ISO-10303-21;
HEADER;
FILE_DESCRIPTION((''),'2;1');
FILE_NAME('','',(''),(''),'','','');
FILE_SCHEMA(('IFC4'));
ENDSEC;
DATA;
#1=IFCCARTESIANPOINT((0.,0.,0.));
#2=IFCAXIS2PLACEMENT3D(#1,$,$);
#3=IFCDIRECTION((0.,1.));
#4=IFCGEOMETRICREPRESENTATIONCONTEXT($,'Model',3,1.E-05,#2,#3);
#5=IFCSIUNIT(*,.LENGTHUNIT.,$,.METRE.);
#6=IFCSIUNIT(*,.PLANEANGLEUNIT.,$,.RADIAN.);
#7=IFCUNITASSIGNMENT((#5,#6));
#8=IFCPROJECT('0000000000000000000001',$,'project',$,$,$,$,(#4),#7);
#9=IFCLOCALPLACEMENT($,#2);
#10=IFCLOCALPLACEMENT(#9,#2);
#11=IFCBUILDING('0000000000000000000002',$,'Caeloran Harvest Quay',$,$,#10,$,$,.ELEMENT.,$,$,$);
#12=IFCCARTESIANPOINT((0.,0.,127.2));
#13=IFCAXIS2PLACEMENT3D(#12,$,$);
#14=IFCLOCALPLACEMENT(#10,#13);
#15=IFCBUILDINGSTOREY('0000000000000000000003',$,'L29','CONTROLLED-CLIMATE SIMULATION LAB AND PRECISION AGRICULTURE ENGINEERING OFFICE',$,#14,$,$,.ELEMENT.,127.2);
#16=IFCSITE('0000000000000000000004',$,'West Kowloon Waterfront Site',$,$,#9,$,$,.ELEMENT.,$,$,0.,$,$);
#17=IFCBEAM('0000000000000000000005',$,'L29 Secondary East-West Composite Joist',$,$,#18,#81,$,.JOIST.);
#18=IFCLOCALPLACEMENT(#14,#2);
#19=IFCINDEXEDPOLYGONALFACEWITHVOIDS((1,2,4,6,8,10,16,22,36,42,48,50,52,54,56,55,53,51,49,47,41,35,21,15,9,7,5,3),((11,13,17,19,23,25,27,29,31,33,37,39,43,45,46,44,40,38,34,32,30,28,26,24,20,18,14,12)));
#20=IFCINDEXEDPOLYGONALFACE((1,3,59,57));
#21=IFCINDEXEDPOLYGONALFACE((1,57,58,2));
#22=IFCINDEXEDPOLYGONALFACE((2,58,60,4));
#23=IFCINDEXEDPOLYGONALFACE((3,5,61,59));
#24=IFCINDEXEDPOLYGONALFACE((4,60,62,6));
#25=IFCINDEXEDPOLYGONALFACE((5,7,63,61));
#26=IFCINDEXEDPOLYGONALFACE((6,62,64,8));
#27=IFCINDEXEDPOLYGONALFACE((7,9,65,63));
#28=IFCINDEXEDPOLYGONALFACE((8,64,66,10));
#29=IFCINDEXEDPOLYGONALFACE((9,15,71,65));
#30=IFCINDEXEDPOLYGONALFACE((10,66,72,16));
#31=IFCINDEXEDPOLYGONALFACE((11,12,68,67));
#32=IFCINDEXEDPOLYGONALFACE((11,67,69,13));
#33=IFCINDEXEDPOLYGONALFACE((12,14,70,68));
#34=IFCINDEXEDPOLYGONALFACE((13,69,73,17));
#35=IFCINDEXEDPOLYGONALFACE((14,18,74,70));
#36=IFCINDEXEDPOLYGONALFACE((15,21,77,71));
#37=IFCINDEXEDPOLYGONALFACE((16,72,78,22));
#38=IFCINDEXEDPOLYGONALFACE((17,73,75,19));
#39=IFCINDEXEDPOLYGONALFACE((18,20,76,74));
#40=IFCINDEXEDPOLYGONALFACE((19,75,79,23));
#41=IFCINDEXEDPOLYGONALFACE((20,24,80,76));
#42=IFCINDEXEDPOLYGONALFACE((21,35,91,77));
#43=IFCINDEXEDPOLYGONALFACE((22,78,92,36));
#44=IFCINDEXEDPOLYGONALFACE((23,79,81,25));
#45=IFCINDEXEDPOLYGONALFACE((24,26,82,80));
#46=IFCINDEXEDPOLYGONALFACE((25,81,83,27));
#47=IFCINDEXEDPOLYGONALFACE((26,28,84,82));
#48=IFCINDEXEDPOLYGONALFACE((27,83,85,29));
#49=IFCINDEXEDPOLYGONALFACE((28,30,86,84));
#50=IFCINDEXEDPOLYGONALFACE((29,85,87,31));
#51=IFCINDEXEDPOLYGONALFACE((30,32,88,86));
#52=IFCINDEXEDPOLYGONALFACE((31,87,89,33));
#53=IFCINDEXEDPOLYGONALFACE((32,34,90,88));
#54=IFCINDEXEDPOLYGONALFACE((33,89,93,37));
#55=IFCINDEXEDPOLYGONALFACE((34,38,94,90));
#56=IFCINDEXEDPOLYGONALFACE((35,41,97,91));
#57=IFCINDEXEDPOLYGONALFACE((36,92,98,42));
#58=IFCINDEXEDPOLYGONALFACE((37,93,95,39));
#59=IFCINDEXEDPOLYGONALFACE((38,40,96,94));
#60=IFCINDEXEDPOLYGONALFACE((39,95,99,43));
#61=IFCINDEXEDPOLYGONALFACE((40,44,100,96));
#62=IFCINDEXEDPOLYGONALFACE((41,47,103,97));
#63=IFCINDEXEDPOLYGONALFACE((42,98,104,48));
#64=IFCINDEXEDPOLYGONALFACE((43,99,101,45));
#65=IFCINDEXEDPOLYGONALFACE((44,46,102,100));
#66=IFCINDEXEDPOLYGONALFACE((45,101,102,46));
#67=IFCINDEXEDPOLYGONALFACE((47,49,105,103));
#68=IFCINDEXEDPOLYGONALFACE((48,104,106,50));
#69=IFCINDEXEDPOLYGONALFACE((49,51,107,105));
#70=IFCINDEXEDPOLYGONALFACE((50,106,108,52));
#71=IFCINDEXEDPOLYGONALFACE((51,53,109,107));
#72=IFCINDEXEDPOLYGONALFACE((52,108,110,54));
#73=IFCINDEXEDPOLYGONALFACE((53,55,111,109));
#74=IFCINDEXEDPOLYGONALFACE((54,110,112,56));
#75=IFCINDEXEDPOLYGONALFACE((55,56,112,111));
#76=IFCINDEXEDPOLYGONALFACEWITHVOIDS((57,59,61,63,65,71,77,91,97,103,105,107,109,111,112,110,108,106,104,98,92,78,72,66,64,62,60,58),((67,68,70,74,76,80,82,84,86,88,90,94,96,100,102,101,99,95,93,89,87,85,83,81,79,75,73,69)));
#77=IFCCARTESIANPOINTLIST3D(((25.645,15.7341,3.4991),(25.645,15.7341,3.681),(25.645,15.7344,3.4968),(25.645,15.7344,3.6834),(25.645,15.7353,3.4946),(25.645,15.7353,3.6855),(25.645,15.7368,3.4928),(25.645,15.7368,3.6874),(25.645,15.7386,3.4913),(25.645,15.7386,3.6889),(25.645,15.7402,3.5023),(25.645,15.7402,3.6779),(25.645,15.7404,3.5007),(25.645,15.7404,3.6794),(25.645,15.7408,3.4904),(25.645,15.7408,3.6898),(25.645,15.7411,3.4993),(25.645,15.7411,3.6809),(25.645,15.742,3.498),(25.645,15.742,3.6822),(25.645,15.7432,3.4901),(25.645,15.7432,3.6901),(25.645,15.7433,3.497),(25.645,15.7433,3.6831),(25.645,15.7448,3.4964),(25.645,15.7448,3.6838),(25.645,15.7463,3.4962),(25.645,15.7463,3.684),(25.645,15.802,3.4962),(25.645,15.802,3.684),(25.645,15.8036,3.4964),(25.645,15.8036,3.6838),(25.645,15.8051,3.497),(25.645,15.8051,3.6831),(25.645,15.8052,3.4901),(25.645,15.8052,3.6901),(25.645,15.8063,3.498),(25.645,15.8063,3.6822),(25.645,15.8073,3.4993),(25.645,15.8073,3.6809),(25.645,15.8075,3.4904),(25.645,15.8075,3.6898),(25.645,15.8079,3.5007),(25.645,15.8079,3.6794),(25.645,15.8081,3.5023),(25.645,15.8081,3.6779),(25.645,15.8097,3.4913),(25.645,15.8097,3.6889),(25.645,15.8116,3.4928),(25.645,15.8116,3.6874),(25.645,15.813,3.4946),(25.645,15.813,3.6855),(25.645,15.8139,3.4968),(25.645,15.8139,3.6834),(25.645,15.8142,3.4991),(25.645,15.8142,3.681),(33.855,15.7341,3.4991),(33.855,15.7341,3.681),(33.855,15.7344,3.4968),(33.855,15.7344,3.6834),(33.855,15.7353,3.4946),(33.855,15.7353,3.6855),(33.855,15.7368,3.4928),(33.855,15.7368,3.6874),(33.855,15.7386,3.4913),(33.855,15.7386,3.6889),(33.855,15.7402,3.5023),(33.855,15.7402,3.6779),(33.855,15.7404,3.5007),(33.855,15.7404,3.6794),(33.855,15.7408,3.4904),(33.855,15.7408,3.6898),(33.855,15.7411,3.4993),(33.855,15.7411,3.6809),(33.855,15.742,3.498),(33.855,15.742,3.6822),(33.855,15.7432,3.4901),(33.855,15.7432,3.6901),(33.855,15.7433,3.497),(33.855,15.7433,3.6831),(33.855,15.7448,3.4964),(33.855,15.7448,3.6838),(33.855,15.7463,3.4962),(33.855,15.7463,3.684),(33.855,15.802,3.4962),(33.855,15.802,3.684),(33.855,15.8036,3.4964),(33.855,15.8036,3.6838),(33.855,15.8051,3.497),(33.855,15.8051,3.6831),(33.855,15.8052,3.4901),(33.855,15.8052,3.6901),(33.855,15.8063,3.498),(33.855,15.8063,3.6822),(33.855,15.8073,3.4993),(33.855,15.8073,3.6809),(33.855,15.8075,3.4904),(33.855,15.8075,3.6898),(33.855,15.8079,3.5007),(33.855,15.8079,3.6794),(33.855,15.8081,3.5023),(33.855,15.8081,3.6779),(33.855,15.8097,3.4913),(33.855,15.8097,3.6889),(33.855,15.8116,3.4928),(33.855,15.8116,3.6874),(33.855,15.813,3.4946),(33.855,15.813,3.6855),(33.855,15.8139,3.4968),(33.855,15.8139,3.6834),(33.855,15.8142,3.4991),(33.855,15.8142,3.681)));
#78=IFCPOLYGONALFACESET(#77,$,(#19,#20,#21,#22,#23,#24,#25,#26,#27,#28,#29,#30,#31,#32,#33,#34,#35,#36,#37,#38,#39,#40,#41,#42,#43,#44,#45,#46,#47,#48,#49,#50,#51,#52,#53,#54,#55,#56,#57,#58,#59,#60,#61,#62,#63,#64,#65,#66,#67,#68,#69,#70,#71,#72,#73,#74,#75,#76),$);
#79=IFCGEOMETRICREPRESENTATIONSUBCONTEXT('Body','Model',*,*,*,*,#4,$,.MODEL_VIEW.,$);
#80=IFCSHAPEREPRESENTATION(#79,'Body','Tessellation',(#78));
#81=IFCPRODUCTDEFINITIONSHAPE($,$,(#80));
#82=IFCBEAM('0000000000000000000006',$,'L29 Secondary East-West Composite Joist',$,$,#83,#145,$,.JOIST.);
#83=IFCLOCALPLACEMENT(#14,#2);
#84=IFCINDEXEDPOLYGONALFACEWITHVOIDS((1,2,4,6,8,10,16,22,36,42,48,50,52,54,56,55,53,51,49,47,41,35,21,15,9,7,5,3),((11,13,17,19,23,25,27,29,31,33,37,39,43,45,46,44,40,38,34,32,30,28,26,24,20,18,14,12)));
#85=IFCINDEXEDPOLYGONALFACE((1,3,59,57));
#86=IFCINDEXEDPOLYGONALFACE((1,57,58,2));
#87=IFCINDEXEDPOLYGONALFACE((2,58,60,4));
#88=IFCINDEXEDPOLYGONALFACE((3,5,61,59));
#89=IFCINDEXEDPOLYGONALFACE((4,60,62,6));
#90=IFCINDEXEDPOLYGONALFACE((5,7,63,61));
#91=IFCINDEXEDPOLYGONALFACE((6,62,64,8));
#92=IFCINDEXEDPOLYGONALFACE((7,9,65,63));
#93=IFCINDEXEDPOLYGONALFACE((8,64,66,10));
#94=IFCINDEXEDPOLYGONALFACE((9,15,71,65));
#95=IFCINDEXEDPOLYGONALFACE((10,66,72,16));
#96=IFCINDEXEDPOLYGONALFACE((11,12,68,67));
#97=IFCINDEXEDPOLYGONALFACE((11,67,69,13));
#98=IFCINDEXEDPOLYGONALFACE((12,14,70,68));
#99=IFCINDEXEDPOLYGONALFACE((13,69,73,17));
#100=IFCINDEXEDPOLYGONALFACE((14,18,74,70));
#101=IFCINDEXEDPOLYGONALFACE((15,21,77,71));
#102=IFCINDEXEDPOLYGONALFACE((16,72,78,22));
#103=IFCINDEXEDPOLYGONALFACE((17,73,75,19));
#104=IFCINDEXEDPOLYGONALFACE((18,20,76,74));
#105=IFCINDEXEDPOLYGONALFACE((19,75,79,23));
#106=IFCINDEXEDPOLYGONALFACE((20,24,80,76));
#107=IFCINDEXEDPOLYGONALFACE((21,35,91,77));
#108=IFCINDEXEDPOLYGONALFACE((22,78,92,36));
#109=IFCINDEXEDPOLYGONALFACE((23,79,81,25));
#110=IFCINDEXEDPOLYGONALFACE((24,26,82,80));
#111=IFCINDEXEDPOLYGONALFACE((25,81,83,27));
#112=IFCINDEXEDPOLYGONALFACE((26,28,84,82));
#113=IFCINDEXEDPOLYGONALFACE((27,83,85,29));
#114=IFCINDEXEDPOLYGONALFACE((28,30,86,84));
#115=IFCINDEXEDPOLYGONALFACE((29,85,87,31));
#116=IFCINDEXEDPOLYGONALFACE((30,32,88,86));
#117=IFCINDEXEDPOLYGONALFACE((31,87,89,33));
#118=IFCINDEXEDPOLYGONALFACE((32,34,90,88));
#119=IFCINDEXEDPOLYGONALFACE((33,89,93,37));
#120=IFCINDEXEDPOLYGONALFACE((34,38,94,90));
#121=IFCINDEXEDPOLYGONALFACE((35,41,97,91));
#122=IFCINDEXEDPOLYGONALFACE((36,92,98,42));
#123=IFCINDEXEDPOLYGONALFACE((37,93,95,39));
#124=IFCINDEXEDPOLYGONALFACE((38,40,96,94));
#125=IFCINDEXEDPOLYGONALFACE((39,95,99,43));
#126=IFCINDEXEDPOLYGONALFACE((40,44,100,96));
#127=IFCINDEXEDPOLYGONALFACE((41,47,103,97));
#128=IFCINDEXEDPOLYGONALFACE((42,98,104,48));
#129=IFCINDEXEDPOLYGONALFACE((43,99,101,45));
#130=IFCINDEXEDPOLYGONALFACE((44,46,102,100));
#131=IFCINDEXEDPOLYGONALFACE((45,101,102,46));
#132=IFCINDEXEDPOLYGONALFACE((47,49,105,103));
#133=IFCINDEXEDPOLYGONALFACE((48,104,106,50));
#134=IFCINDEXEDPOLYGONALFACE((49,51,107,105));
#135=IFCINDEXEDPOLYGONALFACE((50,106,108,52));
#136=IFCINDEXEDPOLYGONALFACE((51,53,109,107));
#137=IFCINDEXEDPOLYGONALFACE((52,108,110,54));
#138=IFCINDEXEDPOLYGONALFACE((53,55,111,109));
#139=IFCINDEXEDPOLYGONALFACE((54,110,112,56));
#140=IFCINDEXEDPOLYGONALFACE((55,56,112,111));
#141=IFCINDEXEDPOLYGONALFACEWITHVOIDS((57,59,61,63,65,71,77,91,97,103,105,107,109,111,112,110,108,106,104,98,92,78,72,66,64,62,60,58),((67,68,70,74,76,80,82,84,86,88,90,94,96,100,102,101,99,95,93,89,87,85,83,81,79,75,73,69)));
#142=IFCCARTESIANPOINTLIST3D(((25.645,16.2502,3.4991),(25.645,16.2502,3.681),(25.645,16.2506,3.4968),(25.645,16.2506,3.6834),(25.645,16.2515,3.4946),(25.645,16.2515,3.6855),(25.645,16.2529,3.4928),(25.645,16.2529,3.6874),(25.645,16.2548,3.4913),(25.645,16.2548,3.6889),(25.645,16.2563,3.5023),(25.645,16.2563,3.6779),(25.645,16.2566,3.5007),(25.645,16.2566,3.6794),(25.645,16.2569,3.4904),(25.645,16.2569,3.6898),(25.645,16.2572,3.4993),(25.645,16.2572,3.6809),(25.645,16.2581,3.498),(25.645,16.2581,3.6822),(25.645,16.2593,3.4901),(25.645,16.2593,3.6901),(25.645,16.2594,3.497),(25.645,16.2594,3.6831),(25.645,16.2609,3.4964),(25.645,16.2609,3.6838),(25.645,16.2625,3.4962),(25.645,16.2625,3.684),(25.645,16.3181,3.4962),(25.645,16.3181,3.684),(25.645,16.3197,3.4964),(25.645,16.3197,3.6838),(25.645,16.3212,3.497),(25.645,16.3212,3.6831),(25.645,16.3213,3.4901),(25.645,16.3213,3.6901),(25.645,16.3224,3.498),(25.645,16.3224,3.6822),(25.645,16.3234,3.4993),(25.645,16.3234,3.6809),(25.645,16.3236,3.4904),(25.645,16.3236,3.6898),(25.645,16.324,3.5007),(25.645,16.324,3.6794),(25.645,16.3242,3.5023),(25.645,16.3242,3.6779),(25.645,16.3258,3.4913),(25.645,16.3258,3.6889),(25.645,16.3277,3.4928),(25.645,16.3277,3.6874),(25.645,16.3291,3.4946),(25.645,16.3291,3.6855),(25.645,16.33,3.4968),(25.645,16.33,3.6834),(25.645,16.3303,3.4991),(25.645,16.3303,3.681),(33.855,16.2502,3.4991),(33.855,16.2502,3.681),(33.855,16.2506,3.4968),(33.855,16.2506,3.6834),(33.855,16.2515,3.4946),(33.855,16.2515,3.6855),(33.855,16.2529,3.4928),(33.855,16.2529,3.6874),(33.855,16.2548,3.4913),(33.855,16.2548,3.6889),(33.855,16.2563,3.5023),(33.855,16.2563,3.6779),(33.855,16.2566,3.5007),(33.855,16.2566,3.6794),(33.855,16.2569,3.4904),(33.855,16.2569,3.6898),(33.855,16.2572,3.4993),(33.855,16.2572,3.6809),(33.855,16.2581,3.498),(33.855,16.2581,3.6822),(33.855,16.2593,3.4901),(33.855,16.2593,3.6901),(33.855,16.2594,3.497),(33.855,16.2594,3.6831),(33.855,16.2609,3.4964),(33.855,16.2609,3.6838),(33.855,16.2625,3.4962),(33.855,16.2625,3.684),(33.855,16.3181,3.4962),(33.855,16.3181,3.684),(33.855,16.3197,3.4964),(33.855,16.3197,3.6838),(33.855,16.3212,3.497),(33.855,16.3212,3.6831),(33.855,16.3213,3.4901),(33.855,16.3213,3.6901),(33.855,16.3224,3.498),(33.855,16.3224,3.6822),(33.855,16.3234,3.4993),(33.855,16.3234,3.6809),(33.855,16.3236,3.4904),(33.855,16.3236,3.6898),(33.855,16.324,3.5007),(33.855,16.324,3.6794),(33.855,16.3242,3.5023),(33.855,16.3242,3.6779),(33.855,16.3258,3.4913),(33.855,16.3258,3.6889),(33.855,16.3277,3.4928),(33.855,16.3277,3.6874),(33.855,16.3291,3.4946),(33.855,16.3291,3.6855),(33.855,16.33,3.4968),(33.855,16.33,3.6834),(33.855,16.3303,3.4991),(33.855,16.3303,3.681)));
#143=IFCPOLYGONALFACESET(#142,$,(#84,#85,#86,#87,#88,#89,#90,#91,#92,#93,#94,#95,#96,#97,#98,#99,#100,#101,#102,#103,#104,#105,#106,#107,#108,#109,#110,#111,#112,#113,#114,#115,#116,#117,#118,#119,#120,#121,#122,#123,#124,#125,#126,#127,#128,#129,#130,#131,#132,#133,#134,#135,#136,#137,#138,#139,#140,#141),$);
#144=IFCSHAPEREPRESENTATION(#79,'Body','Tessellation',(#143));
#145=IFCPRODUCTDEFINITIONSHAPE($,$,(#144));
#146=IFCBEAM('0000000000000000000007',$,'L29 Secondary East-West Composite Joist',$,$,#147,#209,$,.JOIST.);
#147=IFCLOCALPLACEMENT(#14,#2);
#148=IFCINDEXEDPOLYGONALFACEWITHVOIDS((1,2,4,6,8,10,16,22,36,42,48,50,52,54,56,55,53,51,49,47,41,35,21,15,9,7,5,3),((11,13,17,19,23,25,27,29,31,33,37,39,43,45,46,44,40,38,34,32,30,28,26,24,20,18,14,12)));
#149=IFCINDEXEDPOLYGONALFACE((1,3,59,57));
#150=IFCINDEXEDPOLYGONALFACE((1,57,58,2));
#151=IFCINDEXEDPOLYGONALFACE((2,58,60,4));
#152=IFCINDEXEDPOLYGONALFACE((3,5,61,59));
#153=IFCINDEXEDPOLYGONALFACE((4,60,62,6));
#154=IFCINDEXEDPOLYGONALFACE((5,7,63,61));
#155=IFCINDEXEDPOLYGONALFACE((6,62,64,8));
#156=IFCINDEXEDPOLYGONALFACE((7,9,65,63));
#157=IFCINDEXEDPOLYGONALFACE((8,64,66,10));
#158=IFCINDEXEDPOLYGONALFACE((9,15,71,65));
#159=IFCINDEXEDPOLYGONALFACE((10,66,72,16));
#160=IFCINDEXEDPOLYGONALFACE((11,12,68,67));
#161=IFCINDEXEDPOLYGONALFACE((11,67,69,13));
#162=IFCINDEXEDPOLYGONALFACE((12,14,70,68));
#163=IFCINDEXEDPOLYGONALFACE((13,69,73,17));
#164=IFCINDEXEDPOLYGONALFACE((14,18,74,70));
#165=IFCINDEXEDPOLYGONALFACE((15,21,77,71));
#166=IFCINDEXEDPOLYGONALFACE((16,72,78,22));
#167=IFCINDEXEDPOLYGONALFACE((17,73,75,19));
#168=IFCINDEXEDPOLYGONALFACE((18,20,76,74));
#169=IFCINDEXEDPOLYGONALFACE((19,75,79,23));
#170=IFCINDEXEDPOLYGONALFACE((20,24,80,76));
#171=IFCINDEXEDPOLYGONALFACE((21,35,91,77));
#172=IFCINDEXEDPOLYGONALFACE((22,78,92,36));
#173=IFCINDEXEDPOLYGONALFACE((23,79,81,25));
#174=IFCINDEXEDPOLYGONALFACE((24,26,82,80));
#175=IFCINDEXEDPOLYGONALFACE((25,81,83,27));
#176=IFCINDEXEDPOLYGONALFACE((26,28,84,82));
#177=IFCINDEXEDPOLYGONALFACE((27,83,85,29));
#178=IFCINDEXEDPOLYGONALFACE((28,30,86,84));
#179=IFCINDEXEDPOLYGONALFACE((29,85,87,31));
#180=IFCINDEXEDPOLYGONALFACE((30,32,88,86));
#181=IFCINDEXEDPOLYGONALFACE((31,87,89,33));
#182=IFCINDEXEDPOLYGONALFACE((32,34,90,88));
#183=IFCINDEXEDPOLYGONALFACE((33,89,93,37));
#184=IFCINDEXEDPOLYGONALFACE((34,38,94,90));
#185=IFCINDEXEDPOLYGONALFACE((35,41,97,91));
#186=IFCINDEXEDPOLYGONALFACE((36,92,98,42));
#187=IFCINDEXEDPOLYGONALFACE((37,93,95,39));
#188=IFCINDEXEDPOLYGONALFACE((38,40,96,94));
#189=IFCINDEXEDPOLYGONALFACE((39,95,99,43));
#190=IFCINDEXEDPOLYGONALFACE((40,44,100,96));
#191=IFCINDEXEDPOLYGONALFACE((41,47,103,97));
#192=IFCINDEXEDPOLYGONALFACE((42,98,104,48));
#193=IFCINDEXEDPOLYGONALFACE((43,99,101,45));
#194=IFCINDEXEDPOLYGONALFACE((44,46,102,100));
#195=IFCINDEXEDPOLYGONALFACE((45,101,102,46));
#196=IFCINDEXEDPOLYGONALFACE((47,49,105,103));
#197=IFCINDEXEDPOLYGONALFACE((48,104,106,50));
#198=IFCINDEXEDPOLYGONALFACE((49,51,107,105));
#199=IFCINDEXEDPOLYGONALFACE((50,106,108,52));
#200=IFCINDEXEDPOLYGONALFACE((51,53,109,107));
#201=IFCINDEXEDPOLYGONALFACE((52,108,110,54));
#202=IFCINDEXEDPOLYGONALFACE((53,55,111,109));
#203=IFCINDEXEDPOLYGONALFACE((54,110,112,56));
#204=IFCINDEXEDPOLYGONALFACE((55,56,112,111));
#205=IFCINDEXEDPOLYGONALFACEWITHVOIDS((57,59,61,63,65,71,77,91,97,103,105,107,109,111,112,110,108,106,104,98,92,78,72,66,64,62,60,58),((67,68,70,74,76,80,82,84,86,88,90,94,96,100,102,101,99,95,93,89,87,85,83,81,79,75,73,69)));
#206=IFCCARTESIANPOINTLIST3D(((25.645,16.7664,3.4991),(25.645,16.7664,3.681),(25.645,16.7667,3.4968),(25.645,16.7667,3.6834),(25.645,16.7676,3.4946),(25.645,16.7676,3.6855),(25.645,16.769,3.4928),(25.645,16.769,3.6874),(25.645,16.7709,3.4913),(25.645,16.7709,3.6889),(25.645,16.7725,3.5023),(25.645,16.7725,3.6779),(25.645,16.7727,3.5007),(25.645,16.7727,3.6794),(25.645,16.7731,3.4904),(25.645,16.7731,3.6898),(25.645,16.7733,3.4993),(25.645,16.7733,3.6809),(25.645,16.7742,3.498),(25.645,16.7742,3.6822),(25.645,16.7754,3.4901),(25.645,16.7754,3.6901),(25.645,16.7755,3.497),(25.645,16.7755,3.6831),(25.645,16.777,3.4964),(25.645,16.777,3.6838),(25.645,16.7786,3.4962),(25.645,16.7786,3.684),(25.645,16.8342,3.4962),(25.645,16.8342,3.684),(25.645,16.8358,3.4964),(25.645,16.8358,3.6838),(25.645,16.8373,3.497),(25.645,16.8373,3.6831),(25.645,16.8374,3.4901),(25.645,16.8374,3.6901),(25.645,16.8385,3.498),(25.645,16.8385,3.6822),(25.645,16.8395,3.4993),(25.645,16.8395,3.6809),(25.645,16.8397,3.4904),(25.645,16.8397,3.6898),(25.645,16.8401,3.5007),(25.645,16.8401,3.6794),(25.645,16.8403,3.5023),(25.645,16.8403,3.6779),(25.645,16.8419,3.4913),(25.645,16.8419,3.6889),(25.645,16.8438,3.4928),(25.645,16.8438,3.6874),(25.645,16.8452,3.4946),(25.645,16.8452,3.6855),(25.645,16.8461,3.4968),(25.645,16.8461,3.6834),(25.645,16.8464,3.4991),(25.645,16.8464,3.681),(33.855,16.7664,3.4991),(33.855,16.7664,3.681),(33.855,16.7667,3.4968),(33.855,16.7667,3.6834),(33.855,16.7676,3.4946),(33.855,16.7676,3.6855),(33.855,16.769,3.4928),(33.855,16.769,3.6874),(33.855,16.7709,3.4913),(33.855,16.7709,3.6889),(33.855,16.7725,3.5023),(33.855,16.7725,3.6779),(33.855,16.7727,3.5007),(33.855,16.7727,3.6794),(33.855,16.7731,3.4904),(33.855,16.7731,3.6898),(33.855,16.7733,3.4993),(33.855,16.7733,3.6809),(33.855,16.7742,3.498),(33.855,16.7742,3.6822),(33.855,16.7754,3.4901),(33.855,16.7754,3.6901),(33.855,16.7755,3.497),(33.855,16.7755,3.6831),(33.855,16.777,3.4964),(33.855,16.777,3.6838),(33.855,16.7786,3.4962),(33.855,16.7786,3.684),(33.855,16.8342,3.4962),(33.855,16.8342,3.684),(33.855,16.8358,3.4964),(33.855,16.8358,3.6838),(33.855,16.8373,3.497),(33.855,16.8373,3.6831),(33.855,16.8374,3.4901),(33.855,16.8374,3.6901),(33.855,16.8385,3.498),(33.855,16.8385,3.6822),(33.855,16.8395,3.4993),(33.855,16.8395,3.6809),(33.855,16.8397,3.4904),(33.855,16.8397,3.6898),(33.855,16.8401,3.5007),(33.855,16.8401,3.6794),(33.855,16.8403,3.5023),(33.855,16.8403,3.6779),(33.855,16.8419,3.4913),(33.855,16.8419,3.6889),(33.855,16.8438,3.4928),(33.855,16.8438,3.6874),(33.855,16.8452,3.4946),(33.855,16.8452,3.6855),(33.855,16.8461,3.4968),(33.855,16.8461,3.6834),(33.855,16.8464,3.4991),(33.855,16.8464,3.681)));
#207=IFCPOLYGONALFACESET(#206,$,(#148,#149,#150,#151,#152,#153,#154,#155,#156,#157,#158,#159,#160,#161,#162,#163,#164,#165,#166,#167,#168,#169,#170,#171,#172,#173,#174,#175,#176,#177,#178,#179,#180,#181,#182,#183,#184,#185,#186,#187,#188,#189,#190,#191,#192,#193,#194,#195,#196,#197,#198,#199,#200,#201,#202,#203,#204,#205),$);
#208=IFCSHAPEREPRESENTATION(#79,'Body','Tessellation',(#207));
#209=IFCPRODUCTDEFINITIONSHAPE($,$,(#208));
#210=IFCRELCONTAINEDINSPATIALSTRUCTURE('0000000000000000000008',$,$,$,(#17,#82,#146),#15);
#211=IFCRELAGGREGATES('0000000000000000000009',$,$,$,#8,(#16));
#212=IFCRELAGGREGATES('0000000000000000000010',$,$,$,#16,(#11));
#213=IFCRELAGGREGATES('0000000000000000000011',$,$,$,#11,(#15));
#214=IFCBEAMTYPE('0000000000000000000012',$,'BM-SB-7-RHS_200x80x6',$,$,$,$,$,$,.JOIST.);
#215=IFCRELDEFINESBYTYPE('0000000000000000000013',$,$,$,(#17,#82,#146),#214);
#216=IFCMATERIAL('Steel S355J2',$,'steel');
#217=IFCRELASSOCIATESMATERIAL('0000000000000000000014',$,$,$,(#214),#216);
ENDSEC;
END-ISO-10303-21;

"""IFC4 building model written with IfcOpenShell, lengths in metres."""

from ifc_helpers import new_model, si_unit, direction, frame, origin, origin_2d, place, context, subcontext, project, spatial, hollow_rectangle, extrude, material, material_profile, profile_set, type_object, element, save


model = new_model("IFC4")

# Units and contexts
model_context = context("Model", 3, precision=1e-05, world=origin(), true_north=direction((0.0, 1.0)))
body_context = subcontext(model_context, "Body", "Model", "MODEL_VIEW")
ifc_project = project(units=[si_unit("LENGTHUNIT", "METRE"), si_unit("PLANEANGLEUNIT", "RADIAN")], contexts=[model_context])

# Site, building, storey
site_placement = place(None, origin())
site = spatial("IfcSite", under=ifc_project, at=site_placement, Name="West Kowloon Waterfront Site", CompositionType="ELEMENT", RefElevation=0.0)
building_placement = place(site_placement, origin())
building = spatial("IfcBuilding", under=site, at=building_placement, Name="Caeloran Harvest Quay", CompositionType="ELEMENT")
storey_placement = place(building_placement, frame((0.0, 0.0, 127.2)))
storey = spatial("IfcBuildingStorey", under=building, at=storey_placement, Name="L29", Description="CONTROLLED-CLIMATE SIMULATION LAB AND PRECISION AGRICULTURE ENGINEERING OFFICE", CompositionType="ELEMENT", Elevation=127.2)

# Beams
ifc_material_1 = material(Name="Steel S355J2", Category="steel")
ifc_material_profile_1 = material_profile(ifc_material_1, hollow_rectangle(XDim=0.0801, YDim=0.2, WallThickness=0.0061, InnerFilletRadius=0.0061, OuterFilletRadius=0.009, at=origin_2d()), Name="RHS 200x80x6")
ifc_profile_set_1 = profile_set([ifc_material_profile_1], Name="Steel S355J2")
beam_type_1 = type_object("IfcBeamType", Name="BM-SB-7-RHS_200x80x6", PredefinedType="JOIST", material=ifc_profile_set_1)
for number, where, z_axis, x_axis, name in (
    (1, (25.645, 15.7742, 3.5901), (1.0, 0.0, 0.0), (0.0, 1.0, 0.0), "L29 Secondary East-West Composite Joist"),
    (2, (25.645, 16.2903, 3.5901), (1.0, 0.0, 0.0), (0.0, 1.0, 0.0), "L29 Secondary East-West Composite Joist"),
    (3, (25.645, 16.8064, 3.5901), (1.0, 0.0, 0.0), (0.0, 1.0, 0.0), "L29 Secondary East-West Composite Joist"),
):
    element("IfcBeam", number, at=place(storey_placement, frame(where, z_axis=z_axis, x_axis=x_axis)), inside=storey, type_object=beam_type_1, Name=name, PredefinedType="JOIST", context=body_context, shape_type="SweptSolid", body=[
        extrude(hollow_rectangle(XDim=0.0801, YDim=0.2, WallThickness=0.0061, InnerFilletRadius=0.0061, OuterFilletRadius=0.009, at=origin_2d()), origin(), (0.0, 0.0, 1.0), 8.21),
    ])

save(model, "model.ifc")
